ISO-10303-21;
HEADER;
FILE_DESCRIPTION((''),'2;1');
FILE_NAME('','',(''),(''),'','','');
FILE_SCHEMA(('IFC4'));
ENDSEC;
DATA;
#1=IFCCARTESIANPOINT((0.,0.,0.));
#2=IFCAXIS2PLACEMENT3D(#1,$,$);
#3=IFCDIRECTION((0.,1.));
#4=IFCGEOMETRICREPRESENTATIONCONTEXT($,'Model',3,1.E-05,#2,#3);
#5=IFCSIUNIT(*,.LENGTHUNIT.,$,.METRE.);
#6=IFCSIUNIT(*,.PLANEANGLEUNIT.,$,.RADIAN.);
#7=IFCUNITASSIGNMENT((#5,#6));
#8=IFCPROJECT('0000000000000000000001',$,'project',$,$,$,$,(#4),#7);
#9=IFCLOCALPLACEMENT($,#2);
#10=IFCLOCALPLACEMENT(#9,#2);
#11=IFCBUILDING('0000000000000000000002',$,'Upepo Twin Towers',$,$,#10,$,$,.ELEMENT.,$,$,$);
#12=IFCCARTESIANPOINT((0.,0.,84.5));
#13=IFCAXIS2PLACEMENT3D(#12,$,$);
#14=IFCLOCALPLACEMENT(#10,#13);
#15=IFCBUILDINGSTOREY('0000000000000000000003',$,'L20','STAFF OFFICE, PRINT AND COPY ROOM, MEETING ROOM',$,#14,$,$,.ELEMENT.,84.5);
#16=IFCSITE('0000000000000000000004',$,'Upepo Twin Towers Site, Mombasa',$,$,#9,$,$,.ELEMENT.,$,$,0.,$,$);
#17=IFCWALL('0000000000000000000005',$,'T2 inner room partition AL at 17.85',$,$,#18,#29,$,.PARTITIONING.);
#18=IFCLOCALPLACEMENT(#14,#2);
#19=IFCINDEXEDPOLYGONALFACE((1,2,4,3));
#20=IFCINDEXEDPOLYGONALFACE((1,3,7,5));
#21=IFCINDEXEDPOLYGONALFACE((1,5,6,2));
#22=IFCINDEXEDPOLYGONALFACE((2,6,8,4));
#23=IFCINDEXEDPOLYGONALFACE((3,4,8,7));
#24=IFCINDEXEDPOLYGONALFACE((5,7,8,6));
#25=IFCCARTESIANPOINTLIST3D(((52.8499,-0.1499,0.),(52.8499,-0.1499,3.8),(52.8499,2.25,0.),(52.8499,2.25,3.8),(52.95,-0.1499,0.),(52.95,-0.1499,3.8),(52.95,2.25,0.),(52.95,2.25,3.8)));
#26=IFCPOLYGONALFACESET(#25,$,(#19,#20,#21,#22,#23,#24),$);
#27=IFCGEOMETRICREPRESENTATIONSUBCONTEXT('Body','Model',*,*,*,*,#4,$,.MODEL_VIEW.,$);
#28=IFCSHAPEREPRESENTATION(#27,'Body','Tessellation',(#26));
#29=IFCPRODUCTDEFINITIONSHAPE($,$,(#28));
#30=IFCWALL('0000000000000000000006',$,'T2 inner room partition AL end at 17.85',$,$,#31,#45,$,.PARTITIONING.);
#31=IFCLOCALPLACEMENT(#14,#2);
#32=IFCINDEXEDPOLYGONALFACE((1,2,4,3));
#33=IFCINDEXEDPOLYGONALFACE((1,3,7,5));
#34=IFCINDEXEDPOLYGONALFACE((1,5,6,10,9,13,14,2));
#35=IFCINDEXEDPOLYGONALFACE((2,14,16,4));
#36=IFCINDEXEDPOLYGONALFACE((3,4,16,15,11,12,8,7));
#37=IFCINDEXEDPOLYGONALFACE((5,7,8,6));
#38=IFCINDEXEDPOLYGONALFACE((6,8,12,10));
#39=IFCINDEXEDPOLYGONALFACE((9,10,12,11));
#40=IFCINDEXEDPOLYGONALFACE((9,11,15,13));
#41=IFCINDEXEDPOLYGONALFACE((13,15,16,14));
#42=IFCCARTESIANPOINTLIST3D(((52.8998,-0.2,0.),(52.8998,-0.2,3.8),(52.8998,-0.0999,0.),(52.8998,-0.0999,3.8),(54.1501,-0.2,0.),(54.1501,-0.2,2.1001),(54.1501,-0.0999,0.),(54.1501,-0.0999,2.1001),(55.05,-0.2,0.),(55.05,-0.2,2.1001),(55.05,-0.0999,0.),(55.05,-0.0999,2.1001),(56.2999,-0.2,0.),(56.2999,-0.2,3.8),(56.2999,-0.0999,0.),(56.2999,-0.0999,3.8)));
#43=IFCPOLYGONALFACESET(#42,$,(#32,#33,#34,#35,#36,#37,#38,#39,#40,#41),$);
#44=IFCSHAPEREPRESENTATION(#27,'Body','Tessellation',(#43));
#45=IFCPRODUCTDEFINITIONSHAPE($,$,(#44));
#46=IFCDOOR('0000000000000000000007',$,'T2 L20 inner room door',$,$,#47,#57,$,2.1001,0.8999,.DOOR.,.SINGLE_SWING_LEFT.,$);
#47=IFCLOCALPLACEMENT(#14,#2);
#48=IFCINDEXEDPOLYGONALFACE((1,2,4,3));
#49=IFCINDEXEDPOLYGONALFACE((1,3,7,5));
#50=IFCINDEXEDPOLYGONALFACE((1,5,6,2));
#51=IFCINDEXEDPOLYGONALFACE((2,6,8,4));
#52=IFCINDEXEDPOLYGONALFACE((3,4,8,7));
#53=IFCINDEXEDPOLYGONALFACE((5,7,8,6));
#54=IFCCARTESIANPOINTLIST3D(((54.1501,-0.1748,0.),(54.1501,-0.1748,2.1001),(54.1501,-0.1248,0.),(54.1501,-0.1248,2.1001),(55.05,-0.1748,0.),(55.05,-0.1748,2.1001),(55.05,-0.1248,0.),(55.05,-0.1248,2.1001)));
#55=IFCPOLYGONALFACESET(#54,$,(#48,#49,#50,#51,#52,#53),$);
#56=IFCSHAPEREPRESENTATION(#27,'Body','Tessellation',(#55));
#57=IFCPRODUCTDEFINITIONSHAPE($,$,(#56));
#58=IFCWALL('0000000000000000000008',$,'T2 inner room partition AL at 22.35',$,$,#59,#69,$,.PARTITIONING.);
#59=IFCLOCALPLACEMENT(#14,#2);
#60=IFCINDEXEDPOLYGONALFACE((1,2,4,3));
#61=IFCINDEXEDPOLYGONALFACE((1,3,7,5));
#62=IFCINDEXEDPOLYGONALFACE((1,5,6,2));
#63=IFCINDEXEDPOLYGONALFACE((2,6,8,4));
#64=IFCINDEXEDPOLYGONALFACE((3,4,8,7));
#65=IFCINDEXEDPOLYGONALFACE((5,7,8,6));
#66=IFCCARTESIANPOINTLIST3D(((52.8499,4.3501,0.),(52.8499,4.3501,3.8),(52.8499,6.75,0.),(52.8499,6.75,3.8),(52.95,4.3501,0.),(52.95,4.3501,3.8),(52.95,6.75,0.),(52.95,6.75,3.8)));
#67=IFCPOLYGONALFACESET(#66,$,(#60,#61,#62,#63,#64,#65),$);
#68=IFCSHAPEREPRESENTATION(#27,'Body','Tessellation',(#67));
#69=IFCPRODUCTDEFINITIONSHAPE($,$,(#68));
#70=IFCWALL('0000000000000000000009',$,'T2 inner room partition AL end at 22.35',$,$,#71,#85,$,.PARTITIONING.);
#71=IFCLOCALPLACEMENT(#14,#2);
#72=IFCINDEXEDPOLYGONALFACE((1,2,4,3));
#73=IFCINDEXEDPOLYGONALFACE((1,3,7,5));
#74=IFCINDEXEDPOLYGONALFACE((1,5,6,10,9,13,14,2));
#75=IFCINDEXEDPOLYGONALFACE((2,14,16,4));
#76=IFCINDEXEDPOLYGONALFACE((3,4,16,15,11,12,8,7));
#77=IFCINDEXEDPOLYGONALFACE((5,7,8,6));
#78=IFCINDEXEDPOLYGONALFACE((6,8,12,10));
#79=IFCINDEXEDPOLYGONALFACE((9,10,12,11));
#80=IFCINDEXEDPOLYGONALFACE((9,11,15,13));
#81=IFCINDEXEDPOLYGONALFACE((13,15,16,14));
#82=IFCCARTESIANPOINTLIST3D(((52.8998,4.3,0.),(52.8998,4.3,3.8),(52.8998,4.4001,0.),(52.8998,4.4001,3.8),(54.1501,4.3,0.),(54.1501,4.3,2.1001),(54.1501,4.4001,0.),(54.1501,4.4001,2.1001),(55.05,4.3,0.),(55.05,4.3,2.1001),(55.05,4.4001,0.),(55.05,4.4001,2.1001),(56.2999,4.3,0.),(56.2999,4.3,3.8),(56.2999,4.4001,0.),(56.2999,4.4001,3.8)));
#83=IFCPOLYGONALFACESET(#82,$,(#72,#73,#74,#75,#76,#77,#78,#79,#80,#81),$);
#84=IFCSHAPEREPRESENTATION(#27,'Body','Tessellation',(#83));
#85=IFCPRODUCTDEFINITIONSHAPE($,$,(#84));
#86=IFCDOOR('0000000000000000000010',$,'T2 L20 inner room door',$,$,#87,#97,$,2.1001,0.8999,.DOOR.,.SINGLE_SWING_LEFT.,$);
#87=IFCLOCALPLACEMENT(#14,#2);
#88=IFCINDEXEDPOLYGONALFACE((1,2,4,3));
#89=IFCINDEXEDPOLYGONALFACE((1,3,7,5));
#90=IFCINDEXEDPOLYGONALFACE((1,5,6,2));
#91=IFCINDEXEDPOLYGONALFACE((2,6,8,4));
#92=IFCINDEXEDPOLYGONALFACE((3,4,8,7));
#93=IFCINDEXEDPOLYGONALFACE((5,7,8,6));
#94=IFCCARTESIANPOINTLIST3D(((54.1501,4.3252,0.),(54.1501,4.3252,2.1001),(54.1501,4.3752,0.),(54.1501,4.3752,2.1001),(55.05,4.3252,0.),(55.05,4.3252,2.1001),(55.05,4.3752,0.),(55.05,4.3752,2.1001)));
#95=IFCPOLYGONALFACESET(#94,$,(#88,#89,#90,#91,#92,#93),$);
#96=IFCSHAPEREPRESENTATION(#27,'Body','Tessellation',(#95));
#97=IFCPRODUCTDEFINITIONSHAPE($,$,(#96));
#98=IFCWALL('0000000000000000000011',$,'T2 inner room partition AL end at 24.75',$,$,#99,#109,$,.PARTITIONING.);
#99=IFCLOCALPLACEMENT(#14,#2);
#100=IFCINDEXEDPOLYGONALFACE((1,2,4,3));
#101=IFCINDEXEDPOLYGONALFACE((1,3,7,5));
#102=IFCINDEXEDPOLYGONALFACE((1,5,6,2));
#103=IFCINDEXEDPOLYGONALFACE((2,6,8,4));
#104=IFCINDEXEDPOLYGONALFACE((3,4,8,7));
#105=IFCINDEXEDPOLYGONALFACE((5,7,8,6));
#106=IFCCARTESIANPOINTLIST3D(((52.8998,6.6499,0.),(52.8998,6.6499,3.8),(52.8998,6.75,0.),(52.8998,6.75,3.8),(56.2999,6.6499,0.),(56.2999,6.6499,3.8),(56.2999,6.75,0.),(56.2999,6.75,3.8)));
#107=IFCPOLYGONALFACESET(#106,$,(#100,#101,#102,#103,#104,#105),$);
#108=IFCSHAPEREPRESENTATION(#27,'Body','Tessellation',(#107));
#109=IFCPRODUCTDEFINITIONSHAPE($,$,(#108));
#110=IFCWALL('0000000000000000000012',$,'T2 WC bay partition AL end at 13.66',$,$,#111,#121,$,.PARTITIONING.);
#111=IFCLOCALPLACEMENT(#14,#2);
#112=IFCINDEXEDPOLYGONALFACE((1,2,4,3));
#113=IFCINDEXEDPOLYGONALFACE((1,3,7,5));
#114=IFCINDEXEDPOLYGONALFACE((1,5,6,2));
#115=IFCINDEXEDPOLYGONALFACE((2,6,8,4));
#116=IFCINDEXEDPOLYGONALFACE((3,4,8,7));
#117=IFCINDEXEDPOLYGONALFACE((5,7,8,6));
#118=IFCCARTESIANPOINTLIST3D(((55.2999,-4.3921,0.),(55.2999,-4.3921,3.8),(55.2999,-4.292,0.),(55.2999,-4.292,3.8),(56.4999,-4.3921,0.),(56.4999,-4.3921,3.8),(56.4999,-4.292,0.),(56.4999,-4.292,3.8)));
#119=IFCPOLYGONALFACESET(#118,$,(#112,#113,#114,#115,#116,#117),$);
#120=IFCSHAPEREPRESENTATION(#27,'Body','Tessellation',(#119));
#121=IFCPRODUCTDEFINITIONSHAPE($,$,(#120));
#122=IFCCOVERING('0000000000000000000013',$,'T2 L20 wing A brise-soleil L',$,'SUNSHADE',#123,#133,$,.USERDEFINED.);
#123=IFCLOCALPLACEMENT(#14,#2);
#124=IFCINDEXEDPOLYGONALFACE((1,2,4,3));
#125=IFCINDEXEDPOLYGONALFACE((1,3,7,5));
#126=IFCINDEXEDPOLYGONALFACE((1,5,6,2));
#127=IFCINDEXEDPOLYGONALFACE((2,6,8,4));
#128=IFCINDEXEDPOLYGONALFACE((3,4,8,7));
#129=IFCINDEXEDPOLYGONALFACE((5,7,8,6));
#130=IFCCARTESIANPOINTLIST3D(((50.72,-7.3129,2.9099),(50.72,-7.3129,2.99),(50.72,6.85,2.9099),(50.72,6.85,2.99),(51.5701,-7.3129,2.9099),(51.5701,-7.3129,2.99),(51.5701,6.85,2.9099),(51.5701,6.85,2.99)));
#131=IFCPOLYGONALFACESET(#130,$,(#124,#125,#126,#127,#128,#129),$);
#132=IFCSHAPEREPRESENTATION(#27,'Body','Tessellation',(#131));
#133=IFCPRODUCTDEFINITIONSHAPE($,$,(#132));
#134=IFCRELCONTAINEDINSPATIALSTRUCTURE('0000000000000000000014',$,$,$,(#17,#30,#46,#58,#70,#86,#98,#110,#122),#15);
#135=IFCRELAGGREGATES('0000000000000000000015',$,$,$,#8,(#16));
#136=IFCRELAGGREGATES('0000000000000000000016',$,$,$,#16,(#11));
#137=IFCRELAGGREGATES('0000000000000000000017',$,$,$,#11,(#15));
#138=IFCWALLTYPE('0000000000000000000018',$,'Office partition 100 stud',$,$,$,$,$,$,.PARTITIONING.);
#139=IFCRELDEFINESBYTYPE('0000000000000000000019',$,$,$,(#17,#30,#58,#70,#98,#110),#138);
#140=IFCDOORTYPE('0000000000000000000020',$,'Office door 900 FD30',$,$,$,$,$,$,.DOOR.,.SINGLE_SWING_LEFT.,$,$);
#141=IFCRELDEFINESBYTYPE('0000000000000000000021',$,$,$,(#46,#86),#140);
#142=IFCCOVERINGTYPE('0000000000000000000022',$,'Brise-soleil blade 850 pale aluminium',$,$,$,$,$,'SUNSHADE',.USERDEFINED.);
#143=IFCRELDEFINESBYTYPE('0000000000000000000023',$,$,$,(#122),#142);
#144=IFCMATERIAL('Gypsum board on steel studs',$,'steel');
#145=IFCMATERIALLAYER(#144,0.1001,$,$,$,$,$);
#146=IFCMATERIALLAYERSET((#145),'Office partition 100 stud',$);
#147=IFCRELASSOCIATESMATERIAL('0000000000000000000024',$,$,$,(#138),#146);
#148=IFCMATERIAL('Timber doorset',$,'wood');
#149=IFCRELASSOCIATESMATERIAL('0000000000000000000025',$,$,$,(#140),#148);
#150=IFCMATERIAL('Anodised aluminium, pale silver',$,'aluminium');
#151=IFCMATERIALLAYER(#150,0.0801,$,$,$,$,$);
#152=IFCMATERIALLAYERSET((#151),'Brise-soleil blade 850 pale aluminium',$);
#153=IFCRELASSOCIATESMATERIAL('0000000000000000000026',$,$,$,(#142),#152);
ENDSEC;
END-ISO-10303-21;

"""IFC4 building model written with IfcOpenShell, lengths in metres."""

from ifc_helpers import new_model, si_unit, direction, frame, frame_2d, origin, origin_2d, place, context, subcontext, project, spatial, rectangle, extrude, material, layer, layer_set, type_object, element, fill, save


model = new_model("IFC4")

# Units and contexts
model_context = context("Model", 3, precision=1e-05, world=origin(), true_north=direction((0.0, 1.0)))
body_context = subcontext(model_context, "Body", "Model", "MODEL_VIEW")
ifc_project = project(units=[si_unit("LENGTHUNIT", "METRE"), si_unit("PLANEANGLEUNIT", "RADIAN")], contexts=[model_context])

# Site, building, storey
site_placement = place(None, origin())
site = spatial("IfcSite", under=ifc_project, at=site_placement, Name="Upepo Twin Towers Site, Mombasa", CompositionType="ELEMENT", RefElevation=0.0)
building_placement = place(site_placement, origin())
building = spatial("IfcBuilding", under=site, at=building_placement, Name="Upepo Twin Towers", CompositionType="ELEMENT")
storey_placement = place(building_placement, frame((0.0, 0.0, 84.5)))
storey = spatial("IfcBuildingStorey", under=building, at=storey_placement, Name="L20", Description="STAFF OFFICE, PRINT AND COPY ROOM, MEETING ROOM", CompositionType="ELEMENT", Elevation=84.5)

# Wall
ifc_material_1 = material(Name="Gypsum board on steel studs", Category="steel")
ifc_layer_1 = layer(ifc_material_1, 0.1001)
ifc_layer_set_1 = layer_set([ifc_layer_1], Name="Office partition 100 stud")
wall_type_1 = type_object("IfcWallType", Name="Office partition 100 stud", PredefinedType="PARTITIONING", material=ifc_layer_set_1)
wall_1_placement = place(storey_placement, frame((52.8999, -0.1499, 0.0), z_axis=(0.0, 0.0, 1.0), x_axis=(0.0, 1.0, 0.0)))
element("IfcWall", 1, at=wall_1_placement, inside=storey, type_object=wall_type_1, Name="T2 inner room partition AL at 17.85", PredefinedType="PARTITIONING", context=body_context, shape_type="SweptSolid", body=[
    extrude(rectangle(XDim=2.3999, YDim=0.1001, at=frame_2d((1.2, 0.0))), origin(), (0.0, 0.0, 1.0), 3.8),
])

# Wall, opening, door
wall_2_placement = place(storey_placement, frame((56.3, -0.1499, 0.0), z_axis=(0.0, 0.0, 1.0), x_axis=(-1.0, 0.0, 0.0)))
wall_2 = element("IfcWall", 2, at=wall_2_placement, inside=storey, type_object=wall_type_1, Name="T2 inner room partition AL end at 17.85", PredefinedType="PARTITIONING", context=body_context, shape_type="SweptSolid", body=[
    extrude(rectangle(XDim=3.4001, YDim=0.1001, at=frame_2d((1.7002, 0.0))), origin(), (0.0, 0.0, 1.0), 3.8),
])
opening_1_placement = place(wall_2_placement, frame((1.25, 0.0, 0.0)))
opening_1 = element("IfcOpeningElement", 3, at=opening_1_placement, cuts=wall_2, PredefinedType="OPENING", context=body_context, shape_type="SweptSolid", body=[
    extrude(rectangle(XDim=0.8999, YDim=2.1001, at=frame_2d((0.45, 1.05))), frame((0.0, 0.0601, 0.0), z_axis=(0.0, -1.0, 0.0), x_axis=(1.0, 0.0, 0.0)), (0.0, 0.0, 1.0), 0.1201),
])
ifc_material_2 = material(Name="Timber doorset", Category="wood")
door_type = type_object("IfcDoorType", Name="Office door 900 FD30", OperationType="SINGLE_SWING_LEFT", PredefinedType="DOOR", material=ifc_material_2)
door_1_placement = place(opening_1_placement, origin())
door_1 = element("IfcDoor", 4, at=door_1_placement, inside=storey, type_object=door_type, Name="T2 L20 inner room door", OperationType="SINGLE_SWING_LEFT", OverallHeight=2.1001, OverallWidth=0.8999, PredefinedType="DOOR", context=body_context, shape_type="SweptSolid", body=[
    extrude(rectangle(XDim=0.8999, YDim=2.1001, at=frame_2d((0.45, 1.05))), frame((0.0, 0.0249, 0.0), z_axis=(0.0, -1.0, 0.0), x_axis=(1.0, 0.0, 0.0)), (0.0, 0.0, 1.0), 0.05),
])
fill(opening_1, door_1)

# Wall
wall_3_placement = place(storey_placement, frame((52.8999, 4.3501, 0.0), z_axis=(0.0, 0.0, 1.0), x_axis=(0.0, 1.0, 0.0)))
element("IfcWall", 5, at=wall_3_placement, inside=storey, type_object=wall_type_1, Name="T2 inner room partition AL at 22.35", PredefinedType="PARTITIONING", context=body_context, shape_type="SweptSolid", body=[
    extrude(rectangle(XDim=2.3999, YDim=0.1001, at=frame_2d((1.2, 0.0))), origin(), (0.0, 0.0, 1.0), 3.8),
])

# Wall, opening, door
wall_4_placement = place(storey_placement, frame((56.3, 4.3501, 0.0), z_axis=(0.0, 0.0, 1.0), x_axis=(-1.0, 0.0, 0.0)))
wall_4 = element("IfcWall", 6, at=wall_4_placement, inside=storey, type_object=wall_type_1, Name="T2 inner room partition AL end at 22.35", PredefinedType="PARTITIONING", context=body_context, shape_type="SweptSolid", body=[
    extrude(rectangle(XDim=3.4001, YDim=0.1001, at=frame_2d((1.7002, 0.0))), origin(), (0.0, 0.0, 1.0), 3.8),
])
opening_2_placement = place(wall_4_placement, frame((1.25, 0.0, 0.0)))
opening_2 = element("IfcOpeningElement", 7, at=opening_2_placement, cuts=wall_4, PredefinedType="OPENING", context=body_context, shape_type="SweptSolid", body=[
    extrude(rectangle(XDim=0.8999, YDim=2.1001, at=frame_2d((0.45, 1.05))), frame((0.0, 0.0601, 0.0), z_axis=(0.0, -1.0, 0.0), x_axis=(1.0, 0.0, 0.0)), (0.0, 0.0, 1.0), 0.1201),
])
door_2_placement = place(opening_2_placement, origin())
door_2 = element("IfcDoor", 8, at=door_2_placement, inside=storey, type_object=door_type, Name="T2 L20 inner room door", OperationType="SINGLE_SWING_LEFT", OverallHeight=2.1001, OverallWidth=0.8999, PredefinedType="DOOR", context=body_context, shape_type="SweptSolid", body=[
    extrude(rectangle(XDim=0.8999, YDim=2.1001, at=frame_2d((0.45, 1.05))), frame((0.0, 0.0249, 0.0), z_axis=(0.0, -1.0, 0.0), x_axis=(1.0, 0.0, 0.0)), (0.0, 0.0, 1.0), 0.05),
])
fill(opening_2, door_2)

# Walls
wall_5_placement = place(storey_placement, frame((56.3, 6.7, 0.0), z_axis=(0.0, 0.0, 1.0), x_axis=(-1.0, 0.0, 0.0)))
element("IfcWall", 9, at=wall_5_placement, inside=storey, type_object=wall_type_1, Name="T2 inner room partition AL end at 24.75", PredefinedType="PARTITIONING", context=body_context, shape_type="SweptSolid", body=[
    extrude(rectangle(XDim=3.4001, YDim=0.1001, at=frame_2d((1.7002, 0.0))), origin(), (0.0, 0.0, 1.0), 3.8),
])
wall_6_placement = place(storey_placement, frame((56.5, -4.342, 0.0), z_axis=(0.0, 0.0, 1.0), x_axis=(-1.0, 0.0, 0.0)))
element("IfcWall", 10, at=wall_6_placement, inside=storey, type_object=wall_type_1, Name="T2 WC bay partition AL end at 13.66", PredefinedType="PARTITIONING", context=body_context, shape_type="SweptSolid", body=[
    extrude(rectangle(XDim=1.2, YDim=0.1001, at=frame_2d((0.6001, 0.0))), origin(), (0.0, 0.0, 1.0), 3.8),
])

# Covering
ifc_material_3 = material(Name="Anodised aluminium, pale silver", Category="aluminium")
ifc_layer_2 = layer(ifc_material_3, 0.0801)
ifc_layer_set_2 = layer_set([ifc_layer_2], Name="Brise-soleil blade 850 pale aluminium")
covering_type = type_object("IfcCoveringType", Name="Brise-soleil blade 850 pale aluminium", ElementType="SUNSHADE", PredefinedType="USERDEFINED", material=ifc_layer_set_2)
covering_placement = place(storey_placement, frame((51.145, -0.2314, 2.9099), z_axis=(0.0, 0.0, 1.0), x_axis=(0.0, 1.0, 0.0)))
element("IfcCovering", 11, at=covering_placement, inside=storey, type_object=covering_type, Name="T2 L20 wing A brise-soleil L", ObjectType="SUNSHADE", PredefinedType="USERDEFINED", context=body_context, shape_type="SweptSolid", body=[
    extrude(rectangle(XDim=14.1628, YDim=0.8501, at=origin_2d()), origin(), (0.0, 0.0, 1.0), 0.0801),
])

save(model, "model.ifc")
